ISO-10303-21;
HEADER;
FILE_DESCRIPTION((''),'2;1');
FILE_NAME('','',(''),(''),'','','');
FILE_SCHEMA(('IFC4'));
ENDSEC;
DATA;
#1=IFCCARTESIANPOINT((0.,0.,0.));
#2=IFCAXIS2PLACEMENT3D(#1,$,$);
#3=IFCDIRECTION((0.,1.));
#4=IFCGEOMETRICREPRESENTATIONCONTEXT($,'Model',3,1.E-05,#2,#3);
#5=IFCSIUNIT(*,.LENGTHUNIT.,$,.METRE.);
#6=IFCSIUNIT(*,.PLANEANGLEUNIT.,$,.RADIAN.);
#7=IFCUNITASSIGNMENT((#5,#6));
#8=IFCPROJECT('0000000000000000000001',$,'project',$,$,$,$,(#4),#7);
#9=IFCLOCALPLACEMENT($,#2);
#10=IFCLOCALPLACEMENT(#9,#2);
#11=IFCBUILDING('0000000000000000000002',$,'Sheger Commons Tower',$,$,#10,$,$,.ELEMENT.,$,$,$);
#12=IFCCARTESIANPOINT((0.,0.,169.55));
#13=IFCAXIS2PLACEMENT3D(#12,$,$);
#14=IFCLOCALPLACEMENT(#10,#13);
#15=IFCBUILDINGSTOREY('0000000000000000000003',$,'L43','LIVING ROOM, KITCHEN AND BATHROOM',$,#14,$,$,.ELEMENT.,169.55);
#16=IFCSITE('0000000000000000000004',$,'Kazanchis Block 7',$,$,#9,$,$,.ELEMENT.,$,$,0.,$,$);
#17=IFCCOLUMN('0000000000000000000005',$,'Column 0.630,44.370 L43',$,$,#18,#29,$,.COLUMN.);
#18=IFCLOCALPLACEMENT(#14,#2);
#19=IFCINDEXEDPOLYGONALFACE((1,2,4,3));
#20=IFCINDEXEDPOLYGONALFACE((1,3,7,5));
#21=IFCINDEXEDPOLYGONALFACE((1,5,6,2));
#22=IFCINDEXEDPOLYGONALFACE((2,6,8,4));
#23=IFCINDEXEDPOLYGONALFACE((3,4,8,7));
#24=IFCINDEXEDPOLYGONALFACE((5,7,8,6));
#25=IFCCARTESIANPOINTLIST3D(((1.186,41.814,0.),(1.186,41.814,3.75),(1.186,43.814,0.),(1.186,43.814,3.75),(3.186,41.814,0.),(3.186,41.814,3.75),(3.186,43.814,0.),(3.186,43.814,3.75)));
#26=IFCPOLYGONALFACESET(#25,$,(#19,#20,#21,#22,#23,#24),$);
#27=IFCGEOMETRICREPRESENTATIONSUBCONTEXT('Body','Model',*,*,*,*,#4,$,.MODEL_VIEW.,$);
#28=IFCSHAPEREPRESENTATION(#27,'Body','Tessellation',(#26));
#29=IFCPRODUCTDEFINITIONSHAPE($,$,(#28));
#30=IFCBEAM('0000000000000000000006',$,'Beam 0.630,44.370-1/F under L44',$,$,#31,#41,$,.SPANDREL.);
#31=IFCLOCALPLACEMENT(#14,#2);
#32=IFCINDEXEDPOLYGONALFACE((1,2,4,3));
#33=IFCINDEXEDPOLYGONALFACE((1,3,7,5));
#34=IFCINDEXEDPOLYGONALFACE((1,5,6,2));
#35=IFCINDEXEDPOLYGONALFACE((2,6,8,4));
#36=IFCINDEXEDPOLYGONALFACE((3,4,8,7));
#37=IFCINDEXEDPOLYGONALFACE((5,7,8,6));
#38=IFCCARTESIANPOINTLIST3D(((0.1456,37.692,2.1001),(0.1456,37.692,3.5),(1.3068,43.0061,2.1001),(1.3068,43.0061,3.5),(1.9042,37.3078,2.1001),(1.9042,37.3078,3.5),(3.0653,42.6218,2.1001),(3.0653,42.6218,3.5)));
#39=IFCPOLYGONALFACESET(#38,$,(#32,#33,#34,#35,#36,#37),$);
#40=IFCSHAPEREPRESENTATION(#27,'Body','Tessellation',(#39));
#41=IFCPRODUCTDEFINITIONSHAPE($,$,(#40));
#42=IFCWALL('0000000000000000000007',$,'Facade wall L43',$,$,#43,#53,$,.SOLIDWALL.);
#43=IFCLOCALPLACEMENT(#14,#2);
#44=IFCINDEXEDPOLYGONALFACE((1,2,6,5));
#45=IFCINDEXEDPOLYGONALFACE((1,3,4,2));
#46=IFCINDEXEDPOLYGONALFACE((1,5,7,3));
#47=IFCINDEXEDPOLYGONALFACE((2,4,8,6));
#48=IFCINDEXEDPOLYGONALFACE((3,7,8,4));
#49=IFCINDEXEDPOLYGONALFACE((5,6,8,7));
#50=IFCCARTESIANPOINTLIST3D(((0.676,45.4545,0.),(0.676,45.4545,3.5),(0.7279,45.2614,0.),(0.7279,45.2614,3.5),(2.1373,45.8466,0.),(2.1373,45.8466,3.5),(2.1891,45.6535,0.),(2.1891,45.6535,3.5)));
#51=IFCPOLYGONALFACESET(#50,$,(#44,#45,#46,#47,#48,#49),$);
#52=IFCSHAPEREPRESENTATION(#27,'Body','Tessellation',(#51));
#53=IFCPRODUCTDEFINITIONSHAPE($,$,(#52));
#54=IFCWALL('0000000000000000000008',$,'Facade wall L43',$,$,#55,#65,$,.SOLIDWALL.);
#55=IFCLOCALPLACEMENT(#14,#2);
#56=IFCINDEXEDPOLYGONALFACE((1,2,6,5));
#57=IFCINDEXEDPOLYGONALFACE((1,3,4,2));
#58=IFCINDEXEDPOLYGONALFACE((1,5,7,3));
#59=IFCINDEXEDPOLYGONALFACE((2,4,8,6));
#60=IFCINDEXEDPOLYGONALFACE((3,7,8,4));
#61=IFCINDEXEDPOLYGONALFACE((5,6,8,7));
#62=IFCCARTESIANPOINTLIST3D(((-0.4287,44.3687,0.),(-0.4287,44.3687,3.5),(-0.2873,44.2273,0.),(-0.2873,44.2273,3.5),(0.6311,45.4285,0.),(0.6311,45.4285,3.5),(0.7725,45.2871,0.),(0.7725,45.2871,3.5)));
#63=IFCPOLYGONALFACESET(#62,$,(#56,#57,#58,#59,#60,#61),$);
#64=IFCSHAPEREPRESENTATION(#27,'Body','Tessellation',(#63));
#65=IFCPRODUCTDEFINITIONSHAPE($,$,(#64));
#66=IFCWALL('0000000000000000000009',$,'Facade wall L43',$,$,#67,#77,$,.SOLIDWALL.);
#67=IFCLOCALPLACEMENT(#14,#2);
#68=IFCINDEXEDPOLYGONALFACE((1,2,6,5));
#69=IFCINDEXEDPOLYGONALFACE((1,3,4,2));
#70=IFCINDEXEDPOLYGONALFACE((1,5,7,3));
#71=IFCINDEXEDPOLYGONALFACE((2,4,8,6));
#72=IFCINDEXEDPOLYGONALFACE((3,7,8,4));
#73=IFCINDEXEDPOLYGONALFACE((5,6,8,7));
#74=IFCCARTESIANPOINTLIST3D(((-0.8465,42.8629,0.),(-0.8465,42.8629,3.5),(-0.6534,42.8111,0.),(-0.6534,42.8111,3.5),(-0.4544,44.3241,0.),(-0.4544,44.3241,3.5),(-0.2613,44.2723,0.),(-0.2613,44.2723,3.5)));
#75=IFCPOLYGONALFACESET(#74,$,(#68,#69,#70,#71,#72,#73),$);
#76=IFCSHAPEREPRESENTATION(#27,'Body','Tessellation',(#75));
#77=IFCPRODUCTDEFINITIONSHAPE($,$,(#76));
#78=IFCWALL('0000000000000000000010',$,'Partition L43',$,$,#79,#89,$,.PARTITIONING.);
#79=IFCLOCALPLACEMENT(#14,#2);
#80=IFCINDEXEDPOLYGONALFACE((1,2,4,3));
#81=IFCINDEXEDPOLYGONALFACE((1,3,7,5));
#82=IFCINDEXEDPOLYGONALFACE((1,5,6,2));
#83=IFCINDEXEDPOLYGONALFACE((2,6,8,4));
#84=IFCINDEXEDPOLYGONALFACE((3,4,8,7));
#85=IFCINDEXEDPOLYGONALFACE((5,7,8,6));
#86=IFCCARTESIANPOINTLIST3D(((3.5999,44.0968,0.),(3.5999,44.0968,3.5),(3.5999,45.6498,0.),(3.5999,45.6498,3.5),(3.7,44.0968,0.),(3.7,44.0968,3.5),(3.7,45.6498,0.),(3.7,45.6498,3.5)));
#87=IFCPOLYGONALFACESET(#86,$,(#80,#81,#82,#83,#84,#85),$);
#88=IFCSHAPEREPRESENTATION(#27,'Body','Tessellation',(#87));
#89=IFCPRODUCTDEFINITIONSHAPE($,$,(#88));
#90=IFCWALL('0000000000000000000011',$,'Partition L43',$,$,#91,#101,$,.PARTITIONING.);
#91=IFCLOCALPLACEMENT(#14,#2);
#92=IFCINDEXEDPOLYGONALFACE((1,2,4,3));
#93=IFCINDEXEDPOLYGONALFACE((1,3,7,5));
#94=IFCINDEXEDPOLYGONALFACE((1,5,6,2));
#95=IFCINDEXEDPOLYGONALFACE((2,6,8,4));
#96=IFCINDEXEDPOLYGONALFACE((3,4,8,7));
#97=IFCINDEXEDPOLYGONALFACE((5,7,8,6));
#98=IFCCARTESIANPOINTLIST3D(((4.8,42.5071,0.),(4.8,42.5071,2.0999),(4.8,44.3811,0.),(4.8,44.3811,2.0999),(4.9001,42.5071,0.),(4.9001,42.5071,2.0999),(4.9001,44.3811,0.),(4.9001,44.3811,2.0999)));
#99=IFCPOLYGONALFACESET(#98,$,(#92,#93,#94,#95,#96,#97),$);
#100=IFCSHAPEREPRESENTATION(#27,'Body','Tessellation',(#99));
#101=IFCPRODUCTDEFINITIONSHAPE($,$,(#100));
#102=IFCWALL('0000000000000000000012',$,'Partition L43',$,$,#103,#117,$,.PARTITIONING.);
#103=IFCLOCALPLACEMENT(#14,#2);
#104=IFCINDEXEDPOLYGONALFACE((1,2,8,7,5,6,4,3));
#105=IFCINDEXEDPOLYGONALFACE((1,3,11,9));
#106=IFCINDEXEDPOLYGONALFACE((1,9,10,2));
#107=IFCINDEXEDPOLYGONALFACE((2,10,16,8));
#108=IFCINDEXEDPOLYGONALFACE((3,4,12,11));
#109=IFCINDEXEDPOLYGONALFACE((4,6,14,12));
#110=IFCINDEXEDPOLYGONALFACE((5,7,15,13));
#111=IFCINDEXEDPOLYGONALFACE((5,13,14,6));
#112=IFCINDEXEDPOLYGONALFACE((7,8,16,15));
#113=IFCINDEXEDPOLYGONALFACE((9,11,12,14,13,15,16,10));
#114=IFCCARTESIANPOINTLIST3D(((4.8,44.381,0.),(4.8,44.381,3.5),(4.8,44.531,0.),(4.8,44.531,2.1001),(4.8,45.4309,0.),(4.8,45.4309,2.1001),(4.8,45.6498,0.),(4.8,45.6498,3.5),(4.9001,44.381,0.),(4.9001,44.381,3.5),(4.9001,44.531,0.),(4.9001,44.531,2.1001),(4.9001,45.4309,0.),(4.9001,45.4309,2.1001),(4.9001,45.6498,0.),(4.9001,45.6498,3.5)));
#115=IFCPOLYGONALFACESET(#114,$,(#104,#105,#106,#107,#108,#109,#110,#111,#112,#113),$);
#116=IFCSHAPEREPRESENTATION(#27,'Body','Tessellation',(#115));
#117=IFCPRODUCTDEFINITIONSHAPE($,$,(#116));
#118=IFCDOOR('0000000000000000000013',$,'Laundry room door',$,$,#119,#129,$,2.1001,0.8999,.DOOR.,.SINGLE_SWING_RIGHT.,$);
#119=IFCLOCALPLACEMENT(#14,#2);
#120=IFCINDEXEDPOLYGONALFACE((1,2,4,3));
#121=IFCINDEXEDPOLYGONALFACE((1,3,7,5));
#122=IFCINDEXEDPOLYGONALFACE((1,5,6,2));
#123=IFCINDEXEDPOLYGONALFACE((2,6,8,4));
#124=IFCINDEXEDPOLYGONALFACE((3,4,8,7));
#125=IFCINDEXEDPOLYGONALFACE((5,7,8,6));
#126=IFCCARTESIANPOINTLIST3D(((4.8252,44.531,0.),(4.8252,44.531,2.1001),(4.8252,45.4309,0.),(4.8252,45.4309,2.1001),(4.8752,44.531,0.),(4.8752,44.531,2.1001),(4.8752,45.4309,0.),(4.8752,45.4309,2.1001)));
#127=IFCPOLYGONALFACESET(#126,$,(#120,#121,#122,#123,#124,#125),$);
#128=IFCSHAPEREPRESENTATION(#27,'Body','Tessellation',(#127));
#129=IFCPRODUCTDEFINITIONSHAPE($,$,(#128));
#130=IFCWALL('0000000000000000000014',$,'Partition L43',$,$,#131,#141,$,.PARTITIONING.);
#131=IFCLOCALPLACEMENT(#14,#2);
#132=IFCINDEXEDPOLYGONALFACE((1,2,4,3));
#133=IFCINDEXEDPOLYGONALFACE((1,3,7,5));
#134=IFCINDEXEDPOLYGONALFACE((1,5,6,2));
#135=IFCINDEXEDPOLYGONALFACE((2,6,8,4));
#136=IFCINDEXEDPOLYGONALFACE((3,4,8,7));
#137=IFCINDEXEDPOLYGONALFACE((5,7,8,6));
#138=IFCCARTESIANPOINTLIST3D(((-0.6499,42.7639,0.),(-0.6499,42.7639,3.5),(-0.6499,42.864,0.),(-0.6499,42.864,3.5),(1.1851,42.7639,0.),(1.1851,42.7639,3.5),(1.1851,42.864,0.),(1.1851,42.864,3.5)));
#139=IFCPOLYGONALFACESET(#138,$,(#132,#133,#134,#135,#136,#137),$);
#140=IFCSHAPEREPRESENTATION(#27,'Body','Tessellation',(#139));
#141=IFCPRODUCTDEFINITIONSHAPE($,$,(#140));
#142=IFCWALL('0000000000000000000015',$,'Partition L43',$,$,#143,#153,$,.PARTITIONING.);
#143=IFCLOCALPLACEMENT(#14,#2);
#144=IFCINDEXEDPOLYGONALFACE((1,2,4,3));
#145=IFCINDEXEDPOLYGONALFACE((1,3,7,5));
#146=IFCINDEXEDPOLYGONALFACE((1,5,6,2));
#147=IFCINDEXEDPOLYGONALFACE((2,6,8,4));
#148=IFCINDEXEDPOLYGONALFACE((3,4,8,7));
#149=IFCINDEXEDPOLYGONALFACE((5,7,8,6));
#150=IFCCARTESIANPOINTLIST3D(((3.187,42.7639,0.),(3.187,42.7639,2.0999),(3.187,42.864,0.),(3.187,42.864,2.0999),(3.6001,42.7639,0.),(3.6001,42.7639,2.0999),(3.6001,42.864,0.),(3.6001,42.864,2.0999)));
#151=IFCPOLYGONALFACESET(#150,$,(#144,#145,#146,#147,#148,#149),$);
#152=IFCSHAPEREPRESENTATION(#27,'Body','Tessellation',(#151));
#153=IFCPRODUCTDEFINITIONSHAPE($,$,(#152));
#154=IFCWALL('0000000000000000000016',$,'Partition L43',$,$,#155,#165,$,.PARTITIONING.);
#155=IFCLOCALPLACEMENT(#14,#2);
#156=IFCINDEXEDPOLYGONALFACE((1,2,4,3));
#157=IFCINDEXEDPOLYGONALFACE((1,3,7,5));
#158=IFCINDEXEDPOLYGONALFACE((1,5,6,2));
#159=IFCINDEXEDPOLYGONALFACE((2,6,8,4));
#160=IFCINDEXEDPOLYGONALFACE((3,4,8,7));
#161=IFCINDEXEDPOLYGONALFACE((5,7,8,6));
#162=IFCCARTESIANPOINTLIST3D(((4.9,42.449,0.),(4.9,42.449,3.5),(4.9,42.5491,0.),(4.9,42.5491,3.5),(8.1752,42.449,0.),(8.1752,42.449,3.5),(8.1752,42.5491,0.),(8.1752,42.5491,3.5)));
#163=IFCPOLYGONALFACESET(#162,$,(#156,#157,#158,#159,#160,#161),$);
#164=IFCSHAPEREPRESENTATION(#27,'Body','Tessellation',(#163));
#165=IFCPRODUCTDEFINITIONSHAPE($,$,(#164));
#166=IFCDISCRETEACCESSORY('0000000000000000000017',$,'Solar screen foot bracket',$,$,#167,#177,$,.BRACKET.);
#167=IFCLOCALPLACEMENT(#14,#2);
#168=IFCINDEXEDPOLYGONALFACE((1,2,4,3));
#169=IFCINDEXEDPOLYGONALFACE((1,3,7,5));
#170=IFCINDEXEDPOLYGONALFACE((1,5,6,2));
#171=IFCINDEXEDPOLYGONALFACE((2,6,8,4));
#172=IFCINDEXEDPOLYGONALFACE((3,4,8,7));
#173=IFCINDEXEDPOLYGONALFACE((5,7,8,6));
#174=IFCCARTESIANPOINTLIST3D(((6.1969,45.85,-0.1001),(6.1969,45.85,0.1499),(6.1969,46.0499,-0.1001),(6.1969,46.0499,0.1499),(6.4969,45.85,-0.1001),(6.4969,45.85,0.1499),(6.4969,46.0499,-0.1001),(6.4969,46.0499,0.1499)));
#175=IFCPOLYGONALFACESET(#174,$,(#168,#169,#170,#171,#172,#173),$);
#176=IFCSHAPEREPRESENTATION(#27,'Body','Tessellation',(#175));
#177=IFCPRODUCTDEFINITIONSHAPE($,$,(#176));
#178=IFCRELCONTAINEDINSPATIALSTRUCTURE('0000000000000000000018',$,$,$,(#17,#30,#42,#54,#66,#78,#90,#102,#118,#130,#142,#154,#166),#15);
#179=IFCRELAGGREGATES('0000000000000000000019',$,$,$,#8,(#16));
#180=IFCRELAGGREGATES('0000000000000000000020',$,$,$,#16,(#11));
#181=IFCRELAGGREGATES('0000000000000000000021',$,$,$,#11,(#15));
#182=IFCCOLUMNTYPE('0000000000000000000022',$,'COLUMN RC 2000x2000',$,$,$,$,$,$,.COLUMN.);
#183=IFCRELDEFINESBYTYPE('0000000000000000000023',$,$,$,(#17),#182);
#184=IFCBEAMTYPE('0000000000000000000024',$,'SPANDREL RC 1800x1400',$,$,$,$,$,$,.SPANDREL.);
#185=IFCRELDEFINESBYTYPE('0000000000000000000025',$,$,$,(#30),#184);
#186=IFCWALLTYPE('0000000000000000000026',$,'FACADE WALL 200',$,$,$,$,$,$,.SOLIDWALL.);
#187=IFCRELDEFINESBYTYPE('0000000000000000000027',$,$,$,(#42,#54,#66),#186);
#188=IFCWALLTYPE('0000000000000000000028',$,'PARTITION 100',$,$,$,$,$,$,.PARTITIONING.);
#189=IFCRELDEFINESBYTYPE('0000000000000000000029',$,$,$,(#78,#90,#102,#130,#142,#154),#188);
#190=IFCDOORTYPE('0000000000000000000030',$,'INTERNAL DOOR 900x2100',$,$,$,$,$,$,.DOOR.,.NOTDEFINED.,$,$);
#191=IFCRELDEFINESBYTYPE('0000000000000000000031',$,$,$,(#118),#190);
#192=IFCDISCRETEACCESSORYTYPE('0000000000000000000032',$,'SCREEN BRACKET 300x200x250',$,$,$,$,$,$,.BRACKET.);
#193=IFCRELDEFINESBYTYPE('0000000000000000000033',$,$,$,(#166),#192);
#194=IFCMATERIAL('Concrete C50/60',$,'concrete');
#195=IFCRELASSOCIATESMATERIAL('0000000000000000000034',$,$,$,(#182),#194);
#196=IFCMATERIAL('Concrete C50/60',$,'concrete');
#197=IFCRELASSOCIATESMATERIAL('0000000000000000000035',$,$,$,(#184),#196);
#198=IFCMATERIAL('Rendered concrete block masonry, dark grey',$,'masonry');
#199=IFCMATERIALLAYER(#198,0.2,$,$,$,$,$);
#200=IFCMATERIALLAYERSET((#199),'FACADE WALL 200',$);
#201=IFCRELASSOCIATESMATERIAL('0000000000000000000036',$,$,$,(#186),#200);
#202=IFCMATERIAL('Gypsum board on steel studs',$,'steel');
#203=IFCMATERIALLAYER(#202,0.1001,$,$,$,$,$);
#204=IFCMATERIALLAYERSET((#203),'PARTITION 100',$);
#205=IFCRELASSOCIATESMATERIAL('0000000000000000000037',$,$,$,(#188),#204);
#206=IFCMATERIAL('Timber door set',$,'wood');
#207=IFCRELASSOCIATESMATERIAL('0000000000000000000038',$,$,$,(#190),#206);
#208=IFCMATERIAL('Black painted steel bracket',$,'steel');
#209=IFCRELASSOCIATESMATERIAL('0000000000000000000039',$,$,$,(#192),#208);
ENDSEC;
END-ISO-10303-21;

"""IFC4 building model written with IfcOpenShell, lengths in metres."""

from ifc_helpers import new_model, si_unit, direction, frame, frame_2d, origin, origin_2d, place, context, subcontext, project, spatial, rectangle, extrude, material, layer, layer_set, material_profile, profile_set, type_object, element, fill, save


model = new_model("IFC4")

# Units and contexts
model_context = context("Model", 3, precision=1e-05, world=origin(), true_north=direction((0.0, 1.0)))
body_context = subcontext(model_context, "Body", "Model", "MODEL_VIEW")
ifc_project = project(units=[si_unit("LENGTHUNIT", "METRE"), si_unit("PLANEANGLEUNIT", "RADIAN")], contexts=[model_context])

# Site, building, storey
site_placement = place(None, origin())
site = spatial("IfcSite", under=ifc_project, at=site_placement, Name="Kazanchis Block 7", CompositionType="ELEMENT", RefElevation=0.0)
building_placement = place(site_placement, origin())
building = spatial("IfcBuilding", under=site, at=building_placement, Name="Sheger Commons Tower", CompositionType="ELEMENT")
storey_placement = place(building_placement, frame((0.0, 0.0, 169.55)))
storey = spatial("IfcBuildingStorey", under=building, at=storey_placement, Name="L43", Description="LIVING ROOM, KITCHEN AND BATHROOM", CompositionType="ELEMENT", Elevation=169.55)

# Column
ifc_material_1 = material(Name="Concrete C50/60", Category="concrete")
ifc_material_profile_1 = material_profile(ifc_material_1, rectangle(XDim=2.0, YDim=2.0, at=origin_2d()), Name="RC 2000x2000")
ifc_profile_set_1 = profile_set([ifc_material_profile_1], Name="Concrete C50/60")
column_type = type_object("IfcColumnType", Name="COLUMN RC 2000x2000", PredefinedType="COLUMN", material=ifc_profile_set_1)
column_placement = place(storey_placement, frame((2.186, 42.814, 0.0), z_axis=(0.0, 0.0, 1.0), x_axis=(1.0, 0.0, 0.0)))
element("IfcColumn", 1, at=column_placement, inside=storey, type_object=column_type, Name="Column 0.630,44.370 L43", PredefinedType="COLUMN", context=body_context, shape_type="SweptSolid", body=[
    extrude(rectangle(XDim=2.0, YDim=2.0, at=origin_2d()), origin(), (0.0, 0.0, 1.0), 3.75),
])

# Beam
ifc_material_2 = material(Name="Concrete C50/60", Category="concrete")
ifc_material_profile_2 = material_profile(ifc_material_2, rectangle(XDim=1.8, YDim=1.3999, at=origin_2d()), Name="RC 1800x1400")
ifc_profile_set_2 = profile_set([ifc_material_profile_2], Name="Concrete C50/60")
beam_type = type_object("IfcBeamType", Name="SPANDREL RC 1800x1400", PredefinedType="SPANDREL", material=ifc_profile_set_2)
beam_placement = place(storey_placement, frame((2.186, 42.814, 2.8), z_axis=(-0.213469, -0.97695, 0.0), x_axis=(0.97695, -0.213469, 0.0)))
element("IfcBeam", 2, at=beam_placement, inside=storey, type_object=beam_type, Name="Beam 0.630,44.370-1/F under L44", PredefinedType="SPANDREL", context=body_context, shape_type="SweptSolid", body=[
    extrude(rectangle(XDim=1.8, YDim=1.3999, at=origin_2d()), origin(), (0.0, 0.0, 1.0), 5.4395),
])

# Walls
ifc_material_3 = material(Name="Rendered concrete block masonry, dark grey", Category="masonry")
ifc_layer_1 = layer(ifc_material_3, 0.2)
ifc_layer_set_1 = layer_set([ifc_layer_1], Name="FACADE WALL 200")
wall_type_1 = type_object("IfcWallType", Name="FACADE WALL 200", PredefinedType="SOLIDWALL", material=ifc_layer_set_1)
wall_1_placement = place(storey_placement, frame((2.1631, 45.75, 0.0), z_axis=(0.0, 0.0, 1.0), x_axis=(-0.965832, -0.259169, 0.0)))
element("IfcWall", 3, at=wall_1_placement, inside=storey, type_object=wall_type_1, Name="Facade wall L43", PredefinedType="SOLIDWALL", context=body_context, shape_type="SweptSolid", body=[
    extrude(rectangle(XDim=1.5129, YDim=0.2, at=frame_2d((0.7563, 0.0))), origin(), (0.0, 0.0, 1.0), 3.5),
])
wall_2_placement = place(storey_placement, frame((0.7019, 45.3579, 0.0), z_axis=(0.0, 0.0, 1.0), x_axis=(-0.707107, -0.707107, 0.0)))
element("IfcWall", 4, at=wall_2_placement, inside=storey, type_object=wall_type_1, Name="Facade wall L43", PredefinedType="SOLIDWALL", context=body_context, shape_type="SweptSolid", body=[
    extrude(rectangle(XDim=1.4988, YDim=0.2, at=frame_2d((0.7495, 0.0))), origin(), (0.0, 0.0, 1.0), 3.5),
])
wall_3_placement = place(storey_placement, frame((-0.3579, 44.2981, 0.0), z_axis=(0.0, 0.0, 1.0), x_axis=(-0.259169, -0.965832, 0.0)))
element("IfcWall", 5, at=wall_3_placement, inside=storey, type_object=wall_type_1, Name="Facade wall L43", PredefinedType="SOLIDWALL", context=body_context, shape_type="SweptSolid", body=[
    extrude(rectangle(XDim=1.5129, YDim=0.2, at=frame_2d((0.7563, 0.0))), origin(), (0.0, 0.0, 1.0), 3.5),
])

# Walls
ifc_material_4 = material(Name="Gypsum board on steel studs", Category="steel")
ifc_layer_2 = layer(ifc_material_4, 0.1001)
ifc_layer_set_2 = layer_set([ifc_layer_2], Name="PARTITION 100")
wall_type_2 = type_object("IfcWallType", Name="PARTITION 100", PredefinedType="PARTITIONING", material=ifc_layer_set_2)
wall_4_placement = place(storey_placement, frame((3.6499, 44.0969, 0.0), z_axis=(0.0, 0.0, 1.0), x_axis=(0.0, 1.0, 0.0)))
element("IfcWall", 6, at=wall_4_placement, inside=storey, type_object=wall_type_2, Name="Partition L43", PredefinedType="PARTITIONING", context=body_context, shape_type="SweptSolid", body=[
    extrude(rectangle(XDim=1.553, YDim=0.1001, at=frame_2d((0.7764, 0.0))), origin(), (0.0, 0.0, 1.0), 3.5),
])
wall_5_placement = place(storey_placement, frame((4.8501, 42.5071, 0.0), z_axis=(0.0, 0.0, 1.0), x_axis=(0.0, 1.0, 0.0)))
element("IfcWall", 7, at=wall_5_placement, inside=storey, type_object=wall_type_2, Name="Partition L43", PredefinedType="PARTITIONING", context=body_context, shape_type="SweptSolid", body=[
    extrude(rectangle(XDim=1.874, YDim=0.1001, at=frame_2d((0.937, 0.0))), origin(), (0.0, 0.0, 1.0), 2.0999),
])

# Wall, opening, door
wall_6_placement = place(storey_placement, frame((4.8501, 44.3811, 0.0), z_axis=(0.0, 0.0, 1.0), x_axis=(0.0, 1.0, 0.0)))
wall_6 = element("IfcWall", 8, at=wall_6_placement, inside=storey, type_object=wall_type_2, Name="Partition L43", PredefinedType="PARTITIONING", context=body_context, shape_type="SweptSolid", body=[
    extrude(rectangle(XDim=1.2688, YDim=0.1001, at=frame_2d((0.6343, 0.0))), origin(), (0.0, 0.0, 1.0), 3.5),
])
opening_1_placement = place(wall_6_placement, frame((0.1499, 0.0, 0.0)))
opening_1 = element("IfcOpeningElement", 9, at=opening_1_placement, cuts=wall_6, PredefinedType="OPENING", context=body_context, shape_type="SweptSolid", body=[
    extrude(rectangle(XDim=0.8999, YDim=2.1001, at=frame_2d((0.45, 1.05))), frame((0.0, 0.0601, 0.0), z_axis=(0.0, -1.0, 0.0), x_axis=(1.0, 0.0, 0.0)), (0.0, 0.0, 1.0), 0.1201),
])
ifc_material_5 = material(Name="Timber door set", Category="wood")
door_type = type_object("IfcDoorType", Name="INTERNAL DOOR 900x2100", OperationType="NOTDEFINED", PredefinedType="DOOR", material=ifc_material_5)
door_placement = place(opening_1_placement, origin())
door = element("IfcDoor", 10, at=door_placement, inside=storey, type_object=door_type, Name="Laundry room door", OperationType="SINGLE_SWING_RIGHT", OverallHeight=2.1001, OverallWidth=0.8999, PredefinedType="DOOR", context=body_context, shape_type="SweptSolid", body=[
    extrude(rectangle(XDim=0.8999, YDim=2.1001, at=frame_2d((0.45, 1.05))), frame((0.0, 0.0249, 0.0), z_axis=(0.0, -1.0, 0.0), x_axis=(1.0, 0.0, 0.0)), (0.0, 0.0, 1.0), 0.05),
])
fill(opening_1, door)

# Walls
wall_7_placement = place(storey_placement, frame((-0.6499, 42.814, 0.0), z_axis=(0.0, 0.0, 1.0), x_axis=(1.0, 0.0, 0.0)))
element("IfcWall", 11, at=wall_7_placement, inside=storey, type_object=wall_type_2, Name="Partition L43", PredefinedType="PARTITIONING", context=body_context, shape_type="SweptSolid", body=[
    extrude(rectangle(XDim=1.835, YDim=0.1001, at=frame_2d((0.9175, 0.0))), origin(), (0.0, 0.0, 1.0), 3.5),
])
wall_8_placement = place(storey_placement, frame((3.187, 42.814, 0.0), z_axis=(0.0, 0.0, 1.0), x_axis=(1.0, 0.0, 0.0)))
element("IfcWall", 12, at=wall_8_placement, inside=storey, type_object=wall_type_2, Name="Partition L43", PredefinedType="PARTITIONING", context=body_context, shape_type="SweptSolid", body=[
    extrude(rectangle(XDim=0.4131, YDim=0.1001, at=frame_2d((0.2065, 0.0))), origin(), (0.0, 0.0, 1.0), 2.0999),
])
wall_9_placement = place(storey_placement, frame((4.8999, 42.499, 0.0), z_axis=(0.0, 0.0, 1.0), x_axis=(1.0, 0.0, 0.0)))
element("IfcWall", 13, at=wall_9_placement, inside=storey, type_object=wall_type_2, Name="Partition L43", PredefinedType="PARTITIONING", context=body_context, shape_type="SweptSolid", body=[
    extrude(rectangle(XDim=3.2751, YDim=0.1001, at=frame_2d((1.6377, 0.0))), origin(), (0.0, 0.0, 1.0), 3.5),
])

# Discrete accessory
ifc_material_6 = material(Name="Black painted steel bracket", Category="steel")
discrete_accessory_type = type_object("IfcDiscreteAccessoryType", Name="SCREEN BRACKET 300x200x250", PredefinedType="BRACKET", material=ifc_material_6)
for number, where, z_axis, x_axis, name in (
    (14, (6.3469, 45.95, -0.1001), (0.0, 0.0, 1.0), (-1.0, 0.0, 0.0), "Solar screen foot bracket"),
):
    element("IfcDiscreteAccessory", number, at=place(storey_placement, frame(where, z_axis=z_axis, x_axis=x_axis)), inside=storey, type_object=discrete_accessory_type, Name=name, PredefinedType="BRACKET", context=body_context, shape_type="SweptSolid", body=[
        extrude(rectangle(XDim=0.3, YDim=0.2, at=origin_2d()), origin(), (0.0, 0.0, 1.0), 0.25),
    ])

save(model, "model.ifc")
